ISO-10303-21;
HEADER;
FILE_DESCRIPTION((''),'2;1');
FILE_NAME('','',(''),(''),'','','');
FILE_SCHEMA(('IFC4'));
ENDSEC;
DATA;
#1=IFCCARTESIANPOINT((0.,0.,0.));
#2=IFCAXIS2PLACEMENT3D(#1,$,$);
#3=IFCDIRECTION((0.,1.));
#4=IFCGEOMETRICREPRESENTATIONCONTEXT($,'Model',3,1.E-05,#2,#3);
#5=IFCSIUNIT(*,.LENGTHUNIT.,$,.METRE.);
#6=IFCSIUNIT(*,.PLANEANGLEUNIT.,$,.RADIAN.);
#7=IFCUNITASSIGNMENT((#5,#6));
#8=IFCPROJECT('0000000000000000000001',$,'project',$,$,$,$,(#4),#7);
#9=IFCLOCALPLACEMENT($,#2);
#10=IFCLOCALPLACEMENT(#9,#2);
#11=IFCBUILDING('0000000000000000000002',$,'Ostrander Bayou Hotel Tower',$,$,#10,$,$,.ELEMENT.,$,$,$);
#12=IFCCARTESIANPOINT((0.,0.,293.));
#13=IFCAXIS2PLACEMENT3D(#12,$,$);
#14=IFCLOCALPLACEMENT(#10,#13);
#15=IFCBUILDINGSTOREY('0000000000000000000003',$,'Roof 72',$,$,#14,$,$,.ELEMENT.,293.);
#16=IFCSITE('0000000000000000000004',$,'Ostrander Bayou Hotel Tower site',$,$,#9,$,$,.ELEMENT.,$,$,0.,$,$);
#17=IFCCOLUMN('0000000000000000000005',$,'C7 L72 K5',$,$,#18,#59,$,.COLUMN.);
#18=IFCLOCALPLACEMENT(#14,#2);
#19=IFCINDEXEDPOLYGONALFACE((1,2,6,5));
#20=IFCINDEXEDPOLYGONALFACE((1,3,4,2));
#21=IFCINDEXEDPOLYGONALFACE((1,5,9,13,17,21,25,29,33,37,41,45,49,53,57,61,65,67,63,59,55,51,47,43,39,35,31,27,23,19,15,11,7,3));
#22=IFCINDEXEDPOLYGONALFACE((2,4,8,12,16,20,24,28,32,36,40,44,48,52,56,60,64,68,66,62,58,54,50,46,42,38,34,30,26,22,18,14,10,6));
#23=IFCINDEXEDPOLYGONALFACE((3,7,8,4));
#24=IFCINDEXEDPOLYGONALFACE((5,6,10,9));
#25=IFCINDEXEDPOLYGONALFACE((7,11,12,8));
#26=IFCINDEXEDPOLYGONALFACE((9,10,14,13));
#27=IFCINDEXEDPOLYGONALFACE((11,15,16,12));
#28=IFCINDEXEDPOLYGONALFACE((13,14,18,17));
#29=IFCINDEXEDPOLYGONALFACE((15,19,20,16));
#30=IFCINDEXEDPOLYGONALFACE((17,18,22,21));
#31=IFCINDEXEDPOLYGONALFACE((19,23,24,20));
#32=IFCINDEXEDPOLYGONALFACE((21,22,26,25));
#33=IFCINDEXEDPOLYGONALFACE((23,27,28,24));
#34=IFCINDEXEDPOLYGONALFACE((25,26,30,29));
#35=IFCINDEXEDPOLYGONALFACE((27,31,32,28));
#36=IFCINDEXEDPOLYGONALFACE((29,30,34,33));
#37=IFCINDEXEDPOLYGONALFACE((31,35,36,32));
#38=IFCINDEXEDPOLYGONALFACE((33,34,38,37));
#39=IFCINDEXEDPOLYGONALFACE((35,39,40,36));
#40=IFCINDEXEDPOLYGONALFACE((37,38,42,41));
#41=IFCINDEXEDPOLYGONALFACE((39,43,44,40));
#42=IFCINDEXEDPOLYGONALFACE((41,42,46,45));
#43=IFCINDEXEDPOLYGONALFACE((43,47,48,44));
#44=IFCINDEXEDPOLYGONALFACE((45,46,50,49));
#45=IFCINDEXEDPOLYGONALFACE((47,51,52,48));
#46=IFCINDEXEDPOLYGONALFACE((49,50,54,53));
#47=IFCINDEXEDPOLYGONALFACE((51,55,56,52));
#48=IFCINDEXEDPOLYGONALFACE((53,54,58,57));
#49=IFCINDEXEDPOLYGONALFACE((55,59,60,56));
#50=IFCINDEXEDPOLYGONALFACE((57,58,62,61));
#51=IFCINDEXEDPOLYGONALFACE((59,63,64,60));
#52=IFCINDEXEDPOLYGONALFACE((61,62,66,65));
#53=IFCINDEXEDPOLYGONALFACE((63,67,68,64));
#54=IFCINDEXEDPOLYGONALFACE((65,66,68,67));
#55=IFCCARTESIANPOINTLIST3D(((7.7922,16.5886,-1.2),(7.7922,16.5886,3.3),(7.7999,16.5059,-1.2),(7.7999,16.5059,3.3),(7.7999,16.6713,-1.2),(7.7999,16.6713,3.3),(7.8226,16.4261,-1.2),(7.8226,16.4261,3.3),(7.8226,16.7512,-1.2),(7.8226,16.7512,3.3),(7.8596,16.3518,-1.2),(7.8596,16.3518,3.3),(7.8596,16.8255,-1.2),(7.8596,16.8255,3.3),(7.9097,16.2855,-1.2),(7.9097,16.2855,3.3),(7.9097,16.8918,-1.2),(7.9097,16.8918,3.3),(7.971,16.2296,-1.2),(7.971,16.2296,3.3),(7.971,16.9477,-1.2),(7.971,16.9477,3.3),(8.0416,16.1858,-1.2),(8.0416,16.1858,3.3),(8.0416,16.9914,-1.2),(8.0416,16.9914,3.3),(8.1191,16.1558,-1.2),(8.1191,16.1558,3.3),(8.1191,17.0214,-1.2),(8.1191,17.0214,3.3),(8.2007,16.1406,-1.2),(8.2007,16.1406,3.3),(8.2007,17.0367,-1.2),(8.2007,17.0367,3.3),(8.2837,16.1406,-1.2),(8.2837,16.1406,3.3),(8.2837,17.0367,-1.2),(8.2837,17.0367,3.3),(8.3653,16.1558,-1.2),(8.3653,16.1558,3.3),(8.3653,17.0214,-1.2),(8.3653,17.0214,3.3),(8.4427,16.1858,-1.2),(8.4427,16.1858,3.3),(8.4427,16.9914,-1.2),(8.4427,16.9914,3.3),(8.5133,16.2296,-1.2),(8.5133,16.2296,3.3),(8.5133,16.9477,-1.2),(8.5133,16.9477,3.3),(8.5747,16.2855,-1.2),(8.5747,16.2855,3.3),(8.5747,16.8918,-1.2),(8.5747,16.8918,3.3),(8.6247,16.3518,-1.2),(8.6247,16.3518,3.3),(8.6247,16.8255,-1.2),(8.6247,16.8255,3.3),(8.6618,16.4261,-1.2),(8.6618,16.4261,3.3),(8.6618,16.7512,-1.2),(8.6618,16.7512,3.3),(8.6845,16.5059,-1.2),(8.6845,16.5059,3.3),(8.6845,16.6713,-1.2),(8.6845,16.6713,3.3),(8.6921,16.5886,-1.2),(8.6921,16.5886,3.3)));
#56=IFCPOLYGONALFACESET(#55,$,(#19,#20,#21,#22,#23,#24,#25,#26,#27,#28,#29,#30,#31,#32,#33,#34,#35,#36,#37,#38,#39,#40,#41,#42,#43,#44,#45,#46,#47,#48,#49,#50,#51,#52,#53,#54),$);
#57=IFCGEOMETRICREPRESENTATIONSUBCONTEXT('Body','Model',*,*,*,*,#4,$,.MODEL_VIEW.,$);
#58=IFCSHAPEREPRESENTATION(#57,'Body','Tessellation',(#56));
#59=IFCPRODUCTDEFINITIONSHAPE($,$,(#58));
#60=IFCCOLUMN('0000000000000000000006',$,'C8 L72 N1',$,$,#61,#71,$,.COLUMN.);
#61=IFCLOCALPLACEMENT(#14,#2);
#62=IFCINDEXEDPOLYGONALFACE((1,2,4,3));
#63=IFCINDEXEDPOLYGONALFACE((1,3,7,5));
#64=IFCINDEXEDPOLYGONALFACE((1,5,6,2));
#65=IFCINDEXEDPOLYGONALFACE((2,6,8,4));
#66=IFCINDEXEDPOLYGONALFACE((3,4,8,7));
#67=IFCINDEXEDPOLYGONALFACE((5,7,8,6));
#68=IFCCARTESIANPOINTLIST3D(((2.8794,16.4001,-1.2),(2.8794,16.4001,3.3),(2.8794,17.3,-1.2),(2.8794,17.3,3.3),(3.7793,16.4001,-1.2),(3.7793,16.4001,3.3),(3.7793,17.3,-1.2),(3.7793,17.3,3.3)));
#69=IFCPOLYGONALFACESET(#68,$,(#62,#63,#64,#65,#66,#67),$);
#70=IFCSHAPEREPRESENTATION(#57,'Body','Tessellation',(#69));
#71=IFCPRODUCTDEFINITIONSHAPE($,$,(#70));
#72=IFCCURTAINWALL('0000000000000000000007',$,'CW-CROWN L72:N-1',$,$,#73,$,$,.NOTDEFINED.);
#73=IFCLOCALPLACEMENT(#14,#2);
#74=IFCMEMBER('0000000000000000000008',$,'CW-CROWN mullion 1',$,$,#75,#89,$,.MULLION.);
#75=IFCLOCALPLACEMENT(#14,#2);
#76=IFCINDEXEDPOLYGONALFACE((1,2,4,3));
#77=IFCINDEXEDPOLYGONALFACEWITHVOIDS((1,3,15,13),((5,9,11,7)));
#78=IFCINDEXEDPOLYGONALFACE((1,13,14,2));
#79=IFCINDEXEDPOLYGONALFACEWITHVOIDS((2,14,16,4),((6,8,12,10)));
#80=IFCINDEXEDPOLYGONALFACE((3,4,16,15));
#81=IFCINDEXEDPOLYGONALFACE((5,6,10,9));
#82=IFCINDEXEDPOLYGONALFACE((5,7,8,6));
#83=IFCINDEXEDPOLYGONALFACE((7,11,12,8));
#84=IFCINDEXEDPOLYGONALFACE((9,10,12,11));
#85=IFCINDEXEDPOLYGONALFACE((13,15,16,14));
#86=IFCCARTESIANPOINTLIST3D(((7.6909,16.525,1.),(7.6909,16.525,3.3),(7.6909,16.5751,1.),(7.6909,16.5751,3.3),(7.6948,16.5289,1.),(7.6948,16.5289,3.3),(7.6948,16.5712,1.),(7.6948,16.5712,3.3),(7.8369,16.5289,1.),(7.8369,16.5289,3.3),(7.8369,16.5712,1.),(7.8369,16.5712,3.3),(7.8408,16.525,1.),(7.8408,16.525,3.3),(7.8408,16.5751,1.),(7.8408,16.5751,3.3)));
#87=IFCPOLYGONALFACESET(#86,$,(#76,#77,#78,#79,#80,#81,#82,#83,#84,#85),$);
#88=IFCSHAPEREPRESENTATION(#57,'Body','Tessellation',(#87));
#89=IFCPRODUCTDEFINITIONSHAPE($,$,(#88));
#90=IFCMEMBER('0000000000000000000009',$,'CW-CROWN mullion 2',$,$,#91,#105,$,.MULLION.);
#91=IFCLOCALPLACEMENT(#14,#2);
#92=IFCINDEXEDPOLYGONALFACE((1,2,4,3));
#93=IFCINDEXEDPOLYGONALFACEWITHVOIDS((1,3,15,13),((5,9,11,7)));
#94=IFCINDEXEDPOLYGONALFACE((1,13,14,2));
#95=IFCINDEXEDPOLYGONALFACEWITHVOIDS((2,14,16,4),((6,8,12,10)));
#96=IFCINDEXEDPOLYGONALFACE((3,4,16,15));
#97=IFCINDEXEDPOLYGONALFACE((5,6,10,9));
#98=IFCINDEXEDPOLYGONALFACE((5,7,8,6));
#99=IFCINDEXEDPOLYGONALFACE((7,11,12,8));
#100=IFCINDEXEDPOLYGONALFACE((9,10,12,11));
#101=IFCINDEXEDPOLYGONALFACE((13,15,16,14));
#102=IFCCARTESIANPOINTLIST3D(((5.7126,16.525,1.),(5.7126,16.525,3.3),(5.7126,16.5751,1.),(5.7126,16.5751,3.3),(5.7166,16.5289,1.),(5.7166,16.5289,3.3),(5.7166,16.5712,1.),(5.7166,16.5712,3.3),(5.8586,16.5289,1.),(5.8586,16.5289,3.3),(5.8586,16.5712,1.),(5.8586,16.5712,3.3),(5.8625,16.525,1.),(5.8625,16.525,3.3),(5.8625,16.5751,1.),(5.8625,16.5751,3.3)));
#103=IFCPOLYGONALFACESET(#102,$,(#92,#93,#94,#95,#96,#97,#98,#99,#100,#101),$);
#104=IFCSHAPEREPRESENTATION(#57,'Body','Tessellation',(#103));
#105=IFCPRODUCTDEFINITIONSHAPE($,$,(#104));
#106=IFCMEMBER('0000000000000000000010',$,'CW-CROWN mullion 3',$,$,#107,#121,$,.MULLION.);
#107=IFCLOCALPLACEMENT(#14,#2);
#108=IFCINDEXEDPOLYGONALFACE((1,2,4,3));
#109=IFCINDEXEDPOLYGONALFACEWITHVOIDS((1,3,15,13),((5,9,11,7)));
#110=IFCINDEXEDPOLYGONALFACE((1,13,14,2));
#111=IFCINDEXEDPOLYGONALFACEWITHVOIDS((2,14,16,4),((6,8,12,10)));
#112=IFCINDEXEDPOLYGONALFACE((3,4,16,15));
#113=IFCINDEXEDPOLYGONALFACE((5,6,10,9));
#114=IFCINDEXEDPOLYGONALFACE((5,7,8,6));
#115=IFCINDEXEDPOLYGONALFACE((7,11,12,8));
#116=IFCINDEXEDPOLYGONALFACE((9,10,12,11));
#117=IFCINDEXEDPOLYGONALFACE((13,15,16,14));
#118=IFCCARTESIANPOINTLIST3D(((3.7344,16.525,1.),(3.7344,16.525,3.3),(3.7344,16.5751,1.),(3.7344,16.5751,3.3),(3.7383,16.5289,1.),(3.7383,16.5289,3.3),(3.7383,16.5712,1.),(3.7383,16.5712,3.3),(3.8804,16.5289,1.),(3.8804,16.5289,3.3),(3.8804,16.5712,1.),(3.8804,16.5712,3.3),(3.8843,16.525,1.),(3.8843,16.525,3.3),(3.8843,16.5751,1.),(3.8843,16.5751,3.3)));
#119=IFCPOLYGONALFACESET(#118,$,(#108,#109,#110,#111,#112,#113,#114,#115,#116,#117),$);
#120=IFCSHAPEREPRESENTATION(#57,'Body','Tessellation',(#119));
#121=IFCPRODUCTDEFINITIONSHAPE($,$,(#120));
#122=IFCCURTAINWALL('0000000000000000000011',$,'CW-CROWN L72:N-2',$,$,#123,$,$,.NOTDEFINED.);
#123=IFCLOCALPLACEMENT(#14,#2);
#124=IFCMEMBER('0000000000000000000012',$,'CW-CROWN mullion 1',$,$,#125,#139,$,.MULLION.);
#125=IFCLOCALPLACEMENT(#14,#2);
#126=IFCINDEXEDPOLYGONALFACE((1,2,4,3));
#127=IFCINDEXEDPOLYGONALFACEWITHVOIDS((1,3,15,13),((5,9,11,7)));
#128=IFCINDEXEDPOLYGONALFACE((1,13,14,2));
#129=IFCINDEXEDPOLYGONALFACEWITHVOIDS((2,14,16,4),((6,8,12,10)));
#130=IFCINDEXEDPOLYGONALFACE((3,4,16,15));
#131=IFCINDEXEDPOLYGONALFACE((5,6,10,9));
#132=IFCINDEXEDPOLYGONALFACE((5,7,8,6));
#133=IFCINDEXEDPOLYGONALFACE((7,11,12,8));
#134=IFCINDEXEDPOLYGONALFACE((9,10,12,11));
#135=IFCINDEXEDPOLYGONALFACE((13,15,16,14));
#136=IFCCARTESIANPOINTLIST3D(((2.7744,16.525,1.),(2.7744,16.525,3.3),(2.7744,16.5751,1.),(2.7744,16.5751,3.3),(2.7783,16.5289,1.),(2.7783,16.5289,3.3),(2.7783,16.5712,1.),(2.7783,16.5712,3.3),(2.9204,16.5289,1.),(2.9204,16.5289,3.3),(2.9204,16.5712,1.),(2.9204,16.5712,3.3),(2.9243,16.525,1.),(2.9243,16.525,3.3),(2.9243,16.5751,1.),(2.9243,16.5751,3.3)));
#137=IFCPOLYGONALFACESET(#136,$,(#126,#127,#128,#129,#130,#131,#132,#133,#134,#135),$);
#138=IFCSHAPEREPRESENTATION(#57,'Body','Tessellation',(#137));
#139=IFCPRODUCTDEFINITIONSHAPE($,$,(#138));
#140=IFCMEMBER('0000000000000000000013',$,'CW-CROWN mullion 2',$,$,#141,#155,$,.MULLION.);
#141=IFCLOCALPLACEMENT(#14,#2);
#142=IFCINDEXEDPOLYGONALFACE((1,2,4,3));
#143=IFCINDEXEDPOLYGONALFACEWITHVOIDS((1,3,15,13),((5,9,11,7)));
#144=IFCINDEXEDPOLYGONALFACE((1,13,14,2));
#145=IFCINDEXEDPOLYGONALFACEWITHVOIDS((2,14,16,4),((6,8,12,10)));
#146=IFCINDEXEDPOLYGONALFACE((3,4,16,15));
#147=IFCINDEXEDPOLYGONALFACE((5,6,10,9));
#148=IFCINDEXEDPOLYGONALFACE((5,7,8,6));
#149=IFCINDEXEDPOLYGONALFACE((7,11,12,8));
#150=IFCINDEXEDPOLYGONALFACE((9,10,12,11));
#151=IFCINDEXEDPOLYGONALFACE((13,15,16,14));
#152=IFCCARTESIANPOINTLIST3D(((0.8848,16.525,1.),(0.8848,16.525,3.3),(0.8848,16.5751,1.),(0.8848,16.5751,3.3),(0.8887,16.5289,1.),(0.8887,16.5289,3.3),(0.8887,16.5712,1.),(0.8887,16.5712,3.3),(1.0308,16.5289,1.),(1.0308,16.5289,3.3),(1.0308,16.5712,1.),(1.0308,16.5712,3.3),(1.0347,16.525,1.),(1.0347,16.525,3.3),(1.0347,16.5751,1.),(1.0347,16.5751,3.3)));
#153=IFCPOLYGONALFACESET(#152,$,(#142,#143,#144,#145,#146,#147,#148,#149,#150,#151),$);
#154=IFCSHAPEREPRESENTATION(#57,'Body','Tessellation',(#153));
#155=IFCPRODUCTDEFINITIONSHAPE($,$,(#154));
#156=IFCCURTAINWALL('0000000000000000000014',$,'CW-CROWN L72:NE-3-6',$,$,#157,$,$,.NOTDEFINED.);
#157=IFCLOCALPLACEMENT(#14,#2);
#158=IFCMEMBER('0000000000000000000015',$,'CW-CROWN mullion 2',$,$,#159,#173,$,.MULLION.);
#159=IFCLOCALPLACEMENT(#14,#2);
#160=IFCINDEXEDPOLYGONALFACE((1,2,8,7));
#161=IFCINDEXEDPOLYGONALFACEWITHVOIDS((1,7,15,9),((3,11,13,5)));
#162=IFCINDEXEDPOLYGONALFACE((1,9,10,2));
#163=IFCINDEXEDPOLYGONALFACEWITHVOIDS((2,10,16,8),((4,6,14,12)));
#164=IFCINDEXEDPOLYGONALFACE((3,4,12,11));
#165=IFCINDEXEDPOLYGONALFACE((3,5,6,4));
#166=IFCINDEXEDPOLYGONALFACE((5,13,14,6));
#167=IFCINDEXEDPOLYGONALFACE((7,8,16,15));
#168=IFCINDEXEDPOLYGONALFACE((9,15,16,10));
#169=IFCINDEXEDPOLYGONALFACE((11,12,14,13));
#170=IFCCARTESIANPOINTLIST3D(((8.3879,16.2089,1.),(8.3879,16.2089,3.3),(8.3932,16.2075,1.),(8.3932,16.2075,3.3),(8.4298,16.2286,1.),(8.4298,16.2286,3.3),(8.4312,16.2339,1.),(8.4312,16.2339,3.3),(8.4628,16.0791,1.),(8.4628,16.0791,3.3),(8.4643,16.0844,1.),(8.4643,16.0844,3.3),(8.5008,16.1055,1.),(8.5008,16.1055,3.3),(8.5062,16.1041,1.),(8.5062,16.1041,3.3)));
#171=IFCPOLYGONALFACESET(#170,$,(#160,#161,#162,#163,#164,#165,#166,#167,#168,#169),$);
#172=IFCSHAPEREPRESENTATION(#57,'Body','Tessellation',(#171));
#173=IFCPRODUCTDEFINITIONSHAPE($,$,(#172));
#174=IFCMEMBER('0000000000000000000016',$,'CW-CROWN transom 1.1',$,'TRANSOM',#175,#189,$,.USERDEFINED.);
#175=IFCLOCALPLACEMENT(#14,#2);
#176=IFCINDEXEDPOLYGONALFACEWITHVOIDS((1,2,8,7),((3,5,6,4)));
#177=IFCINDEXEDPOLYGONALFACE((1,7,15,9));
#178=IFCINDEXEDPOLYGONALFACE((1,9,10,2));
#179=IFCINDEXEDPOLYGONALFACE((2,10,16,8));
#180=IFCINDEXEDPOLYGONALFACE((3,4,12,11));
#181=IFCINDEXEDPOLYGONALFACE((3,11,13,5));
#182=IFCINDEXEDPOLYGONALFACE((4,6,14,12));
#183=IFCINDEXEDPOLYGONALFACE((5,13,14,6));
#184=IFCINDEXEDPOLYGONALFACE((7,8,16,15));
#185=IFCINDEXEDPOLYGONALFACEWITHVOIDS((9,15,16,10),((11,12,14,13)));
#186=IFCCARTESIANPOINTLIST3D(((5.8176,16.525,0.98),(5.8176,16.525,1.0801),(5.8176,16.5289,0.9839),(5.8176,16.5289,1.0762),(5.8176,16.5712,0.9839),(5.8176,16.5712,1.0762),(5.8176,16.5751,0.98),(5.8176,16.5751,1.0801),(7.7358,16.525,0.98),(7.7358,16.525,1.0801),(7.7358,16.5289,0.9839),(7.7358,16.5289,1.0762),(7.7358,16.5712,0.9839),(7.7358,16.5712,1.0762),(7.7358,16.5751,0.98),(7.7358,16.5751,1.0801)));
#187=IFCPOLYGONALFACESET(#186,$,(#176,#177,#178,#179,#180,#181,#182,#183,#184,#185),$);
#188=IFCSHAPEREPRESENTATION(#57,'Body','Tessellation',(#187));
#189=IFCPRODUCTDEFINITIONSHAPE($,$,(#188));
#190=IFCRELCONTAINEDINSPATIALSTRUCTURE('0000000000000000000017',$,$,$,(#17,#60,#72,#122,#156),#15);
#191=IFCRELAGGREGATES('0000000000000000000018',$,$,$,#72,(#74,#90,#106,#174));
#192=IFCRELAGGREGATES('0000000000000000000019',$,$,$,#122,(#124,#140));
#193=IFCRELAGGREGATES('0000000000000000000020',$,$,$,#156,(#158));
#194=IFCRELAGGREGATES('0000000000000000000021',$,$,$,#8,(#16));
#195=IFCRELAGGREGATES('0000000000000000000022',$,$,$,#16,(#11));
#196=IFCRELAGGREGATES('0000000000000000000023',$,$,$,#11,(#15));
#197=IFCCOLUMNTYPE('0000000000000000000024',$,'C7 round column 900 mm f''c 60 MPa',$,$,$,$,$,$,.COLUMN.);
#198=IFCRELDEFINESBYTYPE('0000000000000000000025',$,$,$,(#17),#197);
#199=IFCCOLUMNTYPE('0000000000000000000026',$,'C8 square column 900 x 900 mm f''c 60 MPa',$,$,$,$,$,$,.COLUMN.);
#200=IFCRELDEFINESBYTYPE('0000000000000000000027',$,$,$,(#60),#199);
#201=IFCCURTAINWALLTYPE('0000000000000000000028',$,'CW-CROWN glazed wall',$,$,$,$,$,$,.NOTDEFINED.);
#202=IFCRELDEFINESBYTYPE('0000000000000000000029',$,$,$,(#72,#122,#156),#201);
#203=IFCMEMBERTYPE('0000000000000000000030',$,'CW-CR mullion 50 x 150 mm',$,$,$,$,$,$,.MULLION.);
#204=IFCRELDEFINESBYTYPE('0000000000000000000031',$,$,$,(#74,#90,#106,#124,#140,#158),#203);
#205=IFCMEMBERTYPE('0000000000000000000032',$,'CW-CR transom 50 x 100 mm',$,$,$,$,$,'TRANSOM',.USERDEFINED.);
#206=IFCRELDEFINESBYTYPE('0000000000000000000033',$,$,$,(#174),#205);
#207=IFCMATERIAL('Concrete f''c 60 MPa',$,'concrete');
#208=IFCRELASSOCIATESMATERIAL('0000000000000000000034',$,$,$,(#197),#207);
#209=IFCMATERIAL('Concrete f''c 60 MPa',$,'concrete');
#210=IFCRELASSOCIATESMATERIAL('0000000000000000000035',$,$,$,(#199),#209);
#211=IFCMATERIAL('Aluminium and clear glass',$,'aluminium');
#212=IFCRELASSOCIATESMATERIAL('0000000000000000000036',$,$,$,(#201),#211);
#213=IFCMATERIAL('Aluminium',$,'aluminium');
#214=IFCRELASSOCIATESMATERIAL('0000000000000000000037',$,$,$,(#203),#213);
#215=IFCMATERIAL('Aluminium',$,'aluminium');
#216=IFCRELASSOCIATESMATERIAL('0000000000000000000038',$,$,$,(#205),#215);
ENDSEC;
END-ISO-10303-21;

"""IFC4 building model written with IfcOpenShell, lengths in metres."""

from ifc_helpers import new_model, si_unit, direction, frame, origin, origin_2d, place, context, subcontext, project, spatial, rectangle, hollow_rectangle, circle, extrude, material, material_profile, profile_set, type_object, element, aggregate, save


model = new_model("IFC4")

# Units and contexts
model_context = context("Model", 3, precision=1e-05, world=origin(), true_north=direction((0.0, 1.0)))
body_context = subcontext(model_context, "Body", "Model", "MODEL_VIEW")
ifc_project = project(units=[si_unit("LENGTHUNIT", "METRE"), si_unit("PLANEANGLEUNIT", "RADIAN")], contexts=[model_context])

# Site, building, storey
site_placement = place(None, origin())
site = spatial("IfcSite", under=ifc_project, at=site_placement, Name="Ostrander Bayou Hotel Tower site", CompositionType="ELEMENT", RefElevation=0.0)
building_placement = place(site_placement, origin())
building = spatial("IfcBuilding", under=site, at=building_placement, Name="Ostrander Bayou Hotel Tower", CompositionType="ELEMENT")
storey_placement = place(building_placement, frame((0.0, 0.0, 293.0)))
storey = spatial("IfcBuildingStorey", under=building, at=storey_placement, Name="Roof 72", CompositionType="ELEMENT", Elevation=293.0)

# Columns
ifc_material_1 = material(Name="Concrete f'c 60 MPa", Category="concrete")
ifc_material_profile_1 = material_profile(ifc_material_1, circle(Radius=0.45, at=origin_2d()))
ifc_profile_set_1 = profile_set([ifc_material_profile_1], Name="Concrete f'c 60 MPa")
column_type_1 = type_object("IfcColumnType", Name="C7 round column 900 mm f'c 60 MPa", PredefinedType="COLUMN", material=ifc_profile_set_1)
column_1_placement = place(storey_placement, frame((8.2422, 16.5886, -1.2), z_axis=(0.0, 0.0, 1.0), x_axis=(1.0, 0.0, 0.0)))
element("IfcColumn", 1, at=column_1_placement, inside=storey, type_object=column_type_1, Name="C7 L72 K5", PredefinedType="COLUMN", context=body_context, shape_type="SweptSolid", body=[
    extrude(circle(Radius=0.45, at=origin_2d()), origin(), (0.0, 0.0, 1.0), 4.5),
])
ifc_material_2 = material(Name="Concrete f'c 60 MPa", Category="concrete")
ifc_material_profile_2 = material_profile(ifc_material_2, rectangle(XDim=0.8999, YDim=0.8999, at=origin_2d()))
ifc_profile_set_2 = profile_set([ifc_material_profile_2], Name="Concrete f'c 60 MPa")
column_type_2 = type_object("IfcColumnType", Name="C8 square column 900 x 900 mm f'c 60 MPa", PredefinedType="COLUMN", material=ifc_profile_set_2)
column_2_placement = place(storey_placement, frame((3.3293, 16.8501, -1.2), z_axis=(0.0, 0.0, 1.0), x_axis=(1.0, 0.0, 0.0)))
element("IfcColumn", 2, at=column_2_placement, inside=storey, type_object=column_type_2, Name="C8 L72 N1", PredefinedType="COLUMN", context=body_context, shape_type="SweptSolid", body=[
    extrude(rectangle(XDim=0.8999, YDim=0.8999, at=origin_2d()), origin(), (0.0, 0.0, 1.0), 4.5),
])

# Curtain walls, members
ifc_material_3 = material(Name="Aluminium and clear glass", Category="aluminium")
curtain_wall_type = type_object("IfcCurtainWallType", Name="CW-CROWN glazed wall", PredefinedType="NOTDEFINED", material=ifc_material_3)
curtain_wall_1_placement = place(storey_placement, origin())
curtain_wall_1 = element("IfcCurtainWall", 3, at=curtain_wall_1_placement, inside=storey, type_object=curtain_wall_type, Name="CW-CROWN L72:N-1", PredefinedType="NOTDEFINED")
ifc_material_4 = material(Name="Aluminium", Category="aluminium")
ifc_material_profile_3 = material_profile(ifc_material_4, hollow_rectangle(XDim=0.05, YDim=0.1499, WallThickness=0.0039, at=origin_2d()))
ifc_profile_set_3 = profile_set([ifc_material_profile_3], Name="Aluminium")
member_type_1 = type_object("IfcMemberType", Name="CW-CR mullion 50 x 150 mm", PredefinedType="MULLION", material=ifc_profile_set_3)
member_1_placement = place(storey_placement, frame((7.7659, 16.55, 1.0), z_axis=(0.0, 0.0, 1.0), x_axis=(0.0, -1.0, 0.0)))
member_1 = element("IfcMember", 4, at=member_1_placement, type_object=member_type_1, Name="CW-CROWN mullion 1", PredefinedType="MULLION", context=body_context, shape_type="SweptSolid", body=[
    extrude(hollow_rectangle(XDim=0.05, YDim=0.1499, WallThickness=0.0039, at=origin_2d()), origin(), (0.0, 0.0, 1.0), 2.3),
])
member_2_placement = place(storey_placement, frame((5.7876, 16.55, 1.0), z_axis=(0.0, 0.0, 1.0), x_axis=(0.0, -1.0, 0.0)))
member_2 = element("IfcMember", 5, at=member_2_placement, type_object=member_type_1, Name="CW-CROWN mullion 2", PredefinedType="MULLION", context=body_context, shape_type="SweptSolid", body=[
    extrude(hollow_rectangle(XDim=0.05, YDim=0.1499, WallThickness=0.0039, at=origin_2d()), origin(), (0.0, 0.0, 1.0), 2.3),
])
member_3_placement = place(storey_placement, frame((3.8093, 16.55, 1.0), z_axis=(0.0, 0.0, 1.0), x_axis=(0.0, -1.0, 0.0)))
member_3 = element("IfcMember", 6, at=member_3_placement, type_object=member_type_1, Name="CW-CROWN mullion 3", PredefinedType="MULLION", context=body_context, shape_type="SweptSolid", body=[
    extrude(hollow_rectangle(XDim=0.05, YDim=0.1499, WallThickness=0.0039, at=origin_2d()), origin(), (0.0, 0.0, 1.0), 2.3),
])
curtain_wall_2_placement = place(storey_placement, origin())
curtain_wall_2 = element("IfcCurtainWall", 7, at=curtain_wall_2_placement, inside=storey, type_object=curtain_wall_type, Name="CW-CROWN L72:N-2", PredefinedType="NOTDEFINED")
member_4_placement = place(storey_placement, frame((2.8494, 16.55, 1.0), z_axis=(0.0, 0.0, 1.0), x_axis=(0.0, -1.0, 0.0)))
member_4 = element("IfcMember", 8, at=member_4_placement, type_object=member_type_1, Name="CW-CROWN mullion 1", PredefinedType="MULLION", context=body_context, shape_type="SweptSolid", body=[
    extrude(hollow_rectangle(XDim=0.05, YDim=0.1499, WallThickness=0.0039, at=origin_2d()), origin(), (0.0, 0.0, 1.0), 2.3),
])
member_5_placement = place(storey_placement, frame((0.9597, 16.55, 1.0), z_axis=(0.0, 0.0, 1.0), x_axis=(0.0, -1.0, 0.0)))
member_5 = element("IfcMember", 9, at=member_5_placement, type_object=member_type_1, Name="CW-CROWN mullion 2", PredefinedType="MULLION", context=body_context, shape_type="SweptSolid", body=[
    extrude(hollow_rectangle(XDim=0.05, YDim=0.1499, WallThickness=0.0039, at=origin_2d()), origin(), (0.0, 0.0, 1.0), 2.3),
])

# Curtain wall, member
curtain_wall_3_placement = place(storey_placement, origin())
curtain_wall_3 = element("IfcCurtainWall", 10, at=curtain_wall_3_placement, inside=storey, type_object=curtain_wall_type, Name="CW-CROWN L72:NE-3-6", PredefinedType="NOTDEFINED")
member_6_placement = place(storey_placement, frame((8.447, 16.1565, 1.0), z_axis=(0.0, 0.0, 1.0), x_axis=(-0.866026, -0.499999, 0.0)))
member_6 = element("IfcMember", 11, at=member_6_placement, type_object=member_type_1, Name="CW-CROWN mullion 2", PredefinedType="MULLION", context=body_context, shape_type="SweptSolid", body=[
    extrude(hollow_rectangle(XDim=0.05, YDim=0.1499, WallThickness=0.0039, at=origin_2d()), origin(), (0.0, 0.0, 1.0), 2.3),
])

# Member
ifc_material_5 = material(Name="Aluminium", Category="aluminium")
ifc_material_profile_4 = material_profile(ifc_material_5, hollow_rectangle(XDim=0.05, YDim=0.1001, WallThickness=0.0039, at=origin_2d()))
ifc_profile_set_4 = profile_set([ifc_material_profile_4], Name="Aluminium")
member_type_2 = type_object("IfcMemberType", Name="CW-CR transom 50 x 100 mm", ElementType="TRANSOM", PredefinedType="USERDEFINED", material=ifc_profile_set_4)
member_7_placement = place(storey_placement, frame((7.7358, 16.55, 1.03), z_axis=(-1.0, 0.0, 0.0), x_axis=(0.0, -1.0, 0.0)))
member_7 = element("IfcMember", 12, at=member_7_placement, type_object=member_type_2, Name="CW-CROWN transom 1.1", ObjectType="TRANSOM", PredefinedType="USERDEFINED", context=body_context, shape_type="SweptSolid", body=[
    extrude(hollow_rectangle(XDim=0.05, YDim=0.1001, WallThickness=0.0039, at=origin_2d()), origin(), (0.0, 0.0, 1.0), 1.9182),
])

aggregate(curtain_wall_1, [member_1, member_2, member_3, member_7])
aggregate(curtain_wall_2, [member_4, member_5])
aggregate(curtain_wall_3, [member_6])

save(model, "model.ifc")
